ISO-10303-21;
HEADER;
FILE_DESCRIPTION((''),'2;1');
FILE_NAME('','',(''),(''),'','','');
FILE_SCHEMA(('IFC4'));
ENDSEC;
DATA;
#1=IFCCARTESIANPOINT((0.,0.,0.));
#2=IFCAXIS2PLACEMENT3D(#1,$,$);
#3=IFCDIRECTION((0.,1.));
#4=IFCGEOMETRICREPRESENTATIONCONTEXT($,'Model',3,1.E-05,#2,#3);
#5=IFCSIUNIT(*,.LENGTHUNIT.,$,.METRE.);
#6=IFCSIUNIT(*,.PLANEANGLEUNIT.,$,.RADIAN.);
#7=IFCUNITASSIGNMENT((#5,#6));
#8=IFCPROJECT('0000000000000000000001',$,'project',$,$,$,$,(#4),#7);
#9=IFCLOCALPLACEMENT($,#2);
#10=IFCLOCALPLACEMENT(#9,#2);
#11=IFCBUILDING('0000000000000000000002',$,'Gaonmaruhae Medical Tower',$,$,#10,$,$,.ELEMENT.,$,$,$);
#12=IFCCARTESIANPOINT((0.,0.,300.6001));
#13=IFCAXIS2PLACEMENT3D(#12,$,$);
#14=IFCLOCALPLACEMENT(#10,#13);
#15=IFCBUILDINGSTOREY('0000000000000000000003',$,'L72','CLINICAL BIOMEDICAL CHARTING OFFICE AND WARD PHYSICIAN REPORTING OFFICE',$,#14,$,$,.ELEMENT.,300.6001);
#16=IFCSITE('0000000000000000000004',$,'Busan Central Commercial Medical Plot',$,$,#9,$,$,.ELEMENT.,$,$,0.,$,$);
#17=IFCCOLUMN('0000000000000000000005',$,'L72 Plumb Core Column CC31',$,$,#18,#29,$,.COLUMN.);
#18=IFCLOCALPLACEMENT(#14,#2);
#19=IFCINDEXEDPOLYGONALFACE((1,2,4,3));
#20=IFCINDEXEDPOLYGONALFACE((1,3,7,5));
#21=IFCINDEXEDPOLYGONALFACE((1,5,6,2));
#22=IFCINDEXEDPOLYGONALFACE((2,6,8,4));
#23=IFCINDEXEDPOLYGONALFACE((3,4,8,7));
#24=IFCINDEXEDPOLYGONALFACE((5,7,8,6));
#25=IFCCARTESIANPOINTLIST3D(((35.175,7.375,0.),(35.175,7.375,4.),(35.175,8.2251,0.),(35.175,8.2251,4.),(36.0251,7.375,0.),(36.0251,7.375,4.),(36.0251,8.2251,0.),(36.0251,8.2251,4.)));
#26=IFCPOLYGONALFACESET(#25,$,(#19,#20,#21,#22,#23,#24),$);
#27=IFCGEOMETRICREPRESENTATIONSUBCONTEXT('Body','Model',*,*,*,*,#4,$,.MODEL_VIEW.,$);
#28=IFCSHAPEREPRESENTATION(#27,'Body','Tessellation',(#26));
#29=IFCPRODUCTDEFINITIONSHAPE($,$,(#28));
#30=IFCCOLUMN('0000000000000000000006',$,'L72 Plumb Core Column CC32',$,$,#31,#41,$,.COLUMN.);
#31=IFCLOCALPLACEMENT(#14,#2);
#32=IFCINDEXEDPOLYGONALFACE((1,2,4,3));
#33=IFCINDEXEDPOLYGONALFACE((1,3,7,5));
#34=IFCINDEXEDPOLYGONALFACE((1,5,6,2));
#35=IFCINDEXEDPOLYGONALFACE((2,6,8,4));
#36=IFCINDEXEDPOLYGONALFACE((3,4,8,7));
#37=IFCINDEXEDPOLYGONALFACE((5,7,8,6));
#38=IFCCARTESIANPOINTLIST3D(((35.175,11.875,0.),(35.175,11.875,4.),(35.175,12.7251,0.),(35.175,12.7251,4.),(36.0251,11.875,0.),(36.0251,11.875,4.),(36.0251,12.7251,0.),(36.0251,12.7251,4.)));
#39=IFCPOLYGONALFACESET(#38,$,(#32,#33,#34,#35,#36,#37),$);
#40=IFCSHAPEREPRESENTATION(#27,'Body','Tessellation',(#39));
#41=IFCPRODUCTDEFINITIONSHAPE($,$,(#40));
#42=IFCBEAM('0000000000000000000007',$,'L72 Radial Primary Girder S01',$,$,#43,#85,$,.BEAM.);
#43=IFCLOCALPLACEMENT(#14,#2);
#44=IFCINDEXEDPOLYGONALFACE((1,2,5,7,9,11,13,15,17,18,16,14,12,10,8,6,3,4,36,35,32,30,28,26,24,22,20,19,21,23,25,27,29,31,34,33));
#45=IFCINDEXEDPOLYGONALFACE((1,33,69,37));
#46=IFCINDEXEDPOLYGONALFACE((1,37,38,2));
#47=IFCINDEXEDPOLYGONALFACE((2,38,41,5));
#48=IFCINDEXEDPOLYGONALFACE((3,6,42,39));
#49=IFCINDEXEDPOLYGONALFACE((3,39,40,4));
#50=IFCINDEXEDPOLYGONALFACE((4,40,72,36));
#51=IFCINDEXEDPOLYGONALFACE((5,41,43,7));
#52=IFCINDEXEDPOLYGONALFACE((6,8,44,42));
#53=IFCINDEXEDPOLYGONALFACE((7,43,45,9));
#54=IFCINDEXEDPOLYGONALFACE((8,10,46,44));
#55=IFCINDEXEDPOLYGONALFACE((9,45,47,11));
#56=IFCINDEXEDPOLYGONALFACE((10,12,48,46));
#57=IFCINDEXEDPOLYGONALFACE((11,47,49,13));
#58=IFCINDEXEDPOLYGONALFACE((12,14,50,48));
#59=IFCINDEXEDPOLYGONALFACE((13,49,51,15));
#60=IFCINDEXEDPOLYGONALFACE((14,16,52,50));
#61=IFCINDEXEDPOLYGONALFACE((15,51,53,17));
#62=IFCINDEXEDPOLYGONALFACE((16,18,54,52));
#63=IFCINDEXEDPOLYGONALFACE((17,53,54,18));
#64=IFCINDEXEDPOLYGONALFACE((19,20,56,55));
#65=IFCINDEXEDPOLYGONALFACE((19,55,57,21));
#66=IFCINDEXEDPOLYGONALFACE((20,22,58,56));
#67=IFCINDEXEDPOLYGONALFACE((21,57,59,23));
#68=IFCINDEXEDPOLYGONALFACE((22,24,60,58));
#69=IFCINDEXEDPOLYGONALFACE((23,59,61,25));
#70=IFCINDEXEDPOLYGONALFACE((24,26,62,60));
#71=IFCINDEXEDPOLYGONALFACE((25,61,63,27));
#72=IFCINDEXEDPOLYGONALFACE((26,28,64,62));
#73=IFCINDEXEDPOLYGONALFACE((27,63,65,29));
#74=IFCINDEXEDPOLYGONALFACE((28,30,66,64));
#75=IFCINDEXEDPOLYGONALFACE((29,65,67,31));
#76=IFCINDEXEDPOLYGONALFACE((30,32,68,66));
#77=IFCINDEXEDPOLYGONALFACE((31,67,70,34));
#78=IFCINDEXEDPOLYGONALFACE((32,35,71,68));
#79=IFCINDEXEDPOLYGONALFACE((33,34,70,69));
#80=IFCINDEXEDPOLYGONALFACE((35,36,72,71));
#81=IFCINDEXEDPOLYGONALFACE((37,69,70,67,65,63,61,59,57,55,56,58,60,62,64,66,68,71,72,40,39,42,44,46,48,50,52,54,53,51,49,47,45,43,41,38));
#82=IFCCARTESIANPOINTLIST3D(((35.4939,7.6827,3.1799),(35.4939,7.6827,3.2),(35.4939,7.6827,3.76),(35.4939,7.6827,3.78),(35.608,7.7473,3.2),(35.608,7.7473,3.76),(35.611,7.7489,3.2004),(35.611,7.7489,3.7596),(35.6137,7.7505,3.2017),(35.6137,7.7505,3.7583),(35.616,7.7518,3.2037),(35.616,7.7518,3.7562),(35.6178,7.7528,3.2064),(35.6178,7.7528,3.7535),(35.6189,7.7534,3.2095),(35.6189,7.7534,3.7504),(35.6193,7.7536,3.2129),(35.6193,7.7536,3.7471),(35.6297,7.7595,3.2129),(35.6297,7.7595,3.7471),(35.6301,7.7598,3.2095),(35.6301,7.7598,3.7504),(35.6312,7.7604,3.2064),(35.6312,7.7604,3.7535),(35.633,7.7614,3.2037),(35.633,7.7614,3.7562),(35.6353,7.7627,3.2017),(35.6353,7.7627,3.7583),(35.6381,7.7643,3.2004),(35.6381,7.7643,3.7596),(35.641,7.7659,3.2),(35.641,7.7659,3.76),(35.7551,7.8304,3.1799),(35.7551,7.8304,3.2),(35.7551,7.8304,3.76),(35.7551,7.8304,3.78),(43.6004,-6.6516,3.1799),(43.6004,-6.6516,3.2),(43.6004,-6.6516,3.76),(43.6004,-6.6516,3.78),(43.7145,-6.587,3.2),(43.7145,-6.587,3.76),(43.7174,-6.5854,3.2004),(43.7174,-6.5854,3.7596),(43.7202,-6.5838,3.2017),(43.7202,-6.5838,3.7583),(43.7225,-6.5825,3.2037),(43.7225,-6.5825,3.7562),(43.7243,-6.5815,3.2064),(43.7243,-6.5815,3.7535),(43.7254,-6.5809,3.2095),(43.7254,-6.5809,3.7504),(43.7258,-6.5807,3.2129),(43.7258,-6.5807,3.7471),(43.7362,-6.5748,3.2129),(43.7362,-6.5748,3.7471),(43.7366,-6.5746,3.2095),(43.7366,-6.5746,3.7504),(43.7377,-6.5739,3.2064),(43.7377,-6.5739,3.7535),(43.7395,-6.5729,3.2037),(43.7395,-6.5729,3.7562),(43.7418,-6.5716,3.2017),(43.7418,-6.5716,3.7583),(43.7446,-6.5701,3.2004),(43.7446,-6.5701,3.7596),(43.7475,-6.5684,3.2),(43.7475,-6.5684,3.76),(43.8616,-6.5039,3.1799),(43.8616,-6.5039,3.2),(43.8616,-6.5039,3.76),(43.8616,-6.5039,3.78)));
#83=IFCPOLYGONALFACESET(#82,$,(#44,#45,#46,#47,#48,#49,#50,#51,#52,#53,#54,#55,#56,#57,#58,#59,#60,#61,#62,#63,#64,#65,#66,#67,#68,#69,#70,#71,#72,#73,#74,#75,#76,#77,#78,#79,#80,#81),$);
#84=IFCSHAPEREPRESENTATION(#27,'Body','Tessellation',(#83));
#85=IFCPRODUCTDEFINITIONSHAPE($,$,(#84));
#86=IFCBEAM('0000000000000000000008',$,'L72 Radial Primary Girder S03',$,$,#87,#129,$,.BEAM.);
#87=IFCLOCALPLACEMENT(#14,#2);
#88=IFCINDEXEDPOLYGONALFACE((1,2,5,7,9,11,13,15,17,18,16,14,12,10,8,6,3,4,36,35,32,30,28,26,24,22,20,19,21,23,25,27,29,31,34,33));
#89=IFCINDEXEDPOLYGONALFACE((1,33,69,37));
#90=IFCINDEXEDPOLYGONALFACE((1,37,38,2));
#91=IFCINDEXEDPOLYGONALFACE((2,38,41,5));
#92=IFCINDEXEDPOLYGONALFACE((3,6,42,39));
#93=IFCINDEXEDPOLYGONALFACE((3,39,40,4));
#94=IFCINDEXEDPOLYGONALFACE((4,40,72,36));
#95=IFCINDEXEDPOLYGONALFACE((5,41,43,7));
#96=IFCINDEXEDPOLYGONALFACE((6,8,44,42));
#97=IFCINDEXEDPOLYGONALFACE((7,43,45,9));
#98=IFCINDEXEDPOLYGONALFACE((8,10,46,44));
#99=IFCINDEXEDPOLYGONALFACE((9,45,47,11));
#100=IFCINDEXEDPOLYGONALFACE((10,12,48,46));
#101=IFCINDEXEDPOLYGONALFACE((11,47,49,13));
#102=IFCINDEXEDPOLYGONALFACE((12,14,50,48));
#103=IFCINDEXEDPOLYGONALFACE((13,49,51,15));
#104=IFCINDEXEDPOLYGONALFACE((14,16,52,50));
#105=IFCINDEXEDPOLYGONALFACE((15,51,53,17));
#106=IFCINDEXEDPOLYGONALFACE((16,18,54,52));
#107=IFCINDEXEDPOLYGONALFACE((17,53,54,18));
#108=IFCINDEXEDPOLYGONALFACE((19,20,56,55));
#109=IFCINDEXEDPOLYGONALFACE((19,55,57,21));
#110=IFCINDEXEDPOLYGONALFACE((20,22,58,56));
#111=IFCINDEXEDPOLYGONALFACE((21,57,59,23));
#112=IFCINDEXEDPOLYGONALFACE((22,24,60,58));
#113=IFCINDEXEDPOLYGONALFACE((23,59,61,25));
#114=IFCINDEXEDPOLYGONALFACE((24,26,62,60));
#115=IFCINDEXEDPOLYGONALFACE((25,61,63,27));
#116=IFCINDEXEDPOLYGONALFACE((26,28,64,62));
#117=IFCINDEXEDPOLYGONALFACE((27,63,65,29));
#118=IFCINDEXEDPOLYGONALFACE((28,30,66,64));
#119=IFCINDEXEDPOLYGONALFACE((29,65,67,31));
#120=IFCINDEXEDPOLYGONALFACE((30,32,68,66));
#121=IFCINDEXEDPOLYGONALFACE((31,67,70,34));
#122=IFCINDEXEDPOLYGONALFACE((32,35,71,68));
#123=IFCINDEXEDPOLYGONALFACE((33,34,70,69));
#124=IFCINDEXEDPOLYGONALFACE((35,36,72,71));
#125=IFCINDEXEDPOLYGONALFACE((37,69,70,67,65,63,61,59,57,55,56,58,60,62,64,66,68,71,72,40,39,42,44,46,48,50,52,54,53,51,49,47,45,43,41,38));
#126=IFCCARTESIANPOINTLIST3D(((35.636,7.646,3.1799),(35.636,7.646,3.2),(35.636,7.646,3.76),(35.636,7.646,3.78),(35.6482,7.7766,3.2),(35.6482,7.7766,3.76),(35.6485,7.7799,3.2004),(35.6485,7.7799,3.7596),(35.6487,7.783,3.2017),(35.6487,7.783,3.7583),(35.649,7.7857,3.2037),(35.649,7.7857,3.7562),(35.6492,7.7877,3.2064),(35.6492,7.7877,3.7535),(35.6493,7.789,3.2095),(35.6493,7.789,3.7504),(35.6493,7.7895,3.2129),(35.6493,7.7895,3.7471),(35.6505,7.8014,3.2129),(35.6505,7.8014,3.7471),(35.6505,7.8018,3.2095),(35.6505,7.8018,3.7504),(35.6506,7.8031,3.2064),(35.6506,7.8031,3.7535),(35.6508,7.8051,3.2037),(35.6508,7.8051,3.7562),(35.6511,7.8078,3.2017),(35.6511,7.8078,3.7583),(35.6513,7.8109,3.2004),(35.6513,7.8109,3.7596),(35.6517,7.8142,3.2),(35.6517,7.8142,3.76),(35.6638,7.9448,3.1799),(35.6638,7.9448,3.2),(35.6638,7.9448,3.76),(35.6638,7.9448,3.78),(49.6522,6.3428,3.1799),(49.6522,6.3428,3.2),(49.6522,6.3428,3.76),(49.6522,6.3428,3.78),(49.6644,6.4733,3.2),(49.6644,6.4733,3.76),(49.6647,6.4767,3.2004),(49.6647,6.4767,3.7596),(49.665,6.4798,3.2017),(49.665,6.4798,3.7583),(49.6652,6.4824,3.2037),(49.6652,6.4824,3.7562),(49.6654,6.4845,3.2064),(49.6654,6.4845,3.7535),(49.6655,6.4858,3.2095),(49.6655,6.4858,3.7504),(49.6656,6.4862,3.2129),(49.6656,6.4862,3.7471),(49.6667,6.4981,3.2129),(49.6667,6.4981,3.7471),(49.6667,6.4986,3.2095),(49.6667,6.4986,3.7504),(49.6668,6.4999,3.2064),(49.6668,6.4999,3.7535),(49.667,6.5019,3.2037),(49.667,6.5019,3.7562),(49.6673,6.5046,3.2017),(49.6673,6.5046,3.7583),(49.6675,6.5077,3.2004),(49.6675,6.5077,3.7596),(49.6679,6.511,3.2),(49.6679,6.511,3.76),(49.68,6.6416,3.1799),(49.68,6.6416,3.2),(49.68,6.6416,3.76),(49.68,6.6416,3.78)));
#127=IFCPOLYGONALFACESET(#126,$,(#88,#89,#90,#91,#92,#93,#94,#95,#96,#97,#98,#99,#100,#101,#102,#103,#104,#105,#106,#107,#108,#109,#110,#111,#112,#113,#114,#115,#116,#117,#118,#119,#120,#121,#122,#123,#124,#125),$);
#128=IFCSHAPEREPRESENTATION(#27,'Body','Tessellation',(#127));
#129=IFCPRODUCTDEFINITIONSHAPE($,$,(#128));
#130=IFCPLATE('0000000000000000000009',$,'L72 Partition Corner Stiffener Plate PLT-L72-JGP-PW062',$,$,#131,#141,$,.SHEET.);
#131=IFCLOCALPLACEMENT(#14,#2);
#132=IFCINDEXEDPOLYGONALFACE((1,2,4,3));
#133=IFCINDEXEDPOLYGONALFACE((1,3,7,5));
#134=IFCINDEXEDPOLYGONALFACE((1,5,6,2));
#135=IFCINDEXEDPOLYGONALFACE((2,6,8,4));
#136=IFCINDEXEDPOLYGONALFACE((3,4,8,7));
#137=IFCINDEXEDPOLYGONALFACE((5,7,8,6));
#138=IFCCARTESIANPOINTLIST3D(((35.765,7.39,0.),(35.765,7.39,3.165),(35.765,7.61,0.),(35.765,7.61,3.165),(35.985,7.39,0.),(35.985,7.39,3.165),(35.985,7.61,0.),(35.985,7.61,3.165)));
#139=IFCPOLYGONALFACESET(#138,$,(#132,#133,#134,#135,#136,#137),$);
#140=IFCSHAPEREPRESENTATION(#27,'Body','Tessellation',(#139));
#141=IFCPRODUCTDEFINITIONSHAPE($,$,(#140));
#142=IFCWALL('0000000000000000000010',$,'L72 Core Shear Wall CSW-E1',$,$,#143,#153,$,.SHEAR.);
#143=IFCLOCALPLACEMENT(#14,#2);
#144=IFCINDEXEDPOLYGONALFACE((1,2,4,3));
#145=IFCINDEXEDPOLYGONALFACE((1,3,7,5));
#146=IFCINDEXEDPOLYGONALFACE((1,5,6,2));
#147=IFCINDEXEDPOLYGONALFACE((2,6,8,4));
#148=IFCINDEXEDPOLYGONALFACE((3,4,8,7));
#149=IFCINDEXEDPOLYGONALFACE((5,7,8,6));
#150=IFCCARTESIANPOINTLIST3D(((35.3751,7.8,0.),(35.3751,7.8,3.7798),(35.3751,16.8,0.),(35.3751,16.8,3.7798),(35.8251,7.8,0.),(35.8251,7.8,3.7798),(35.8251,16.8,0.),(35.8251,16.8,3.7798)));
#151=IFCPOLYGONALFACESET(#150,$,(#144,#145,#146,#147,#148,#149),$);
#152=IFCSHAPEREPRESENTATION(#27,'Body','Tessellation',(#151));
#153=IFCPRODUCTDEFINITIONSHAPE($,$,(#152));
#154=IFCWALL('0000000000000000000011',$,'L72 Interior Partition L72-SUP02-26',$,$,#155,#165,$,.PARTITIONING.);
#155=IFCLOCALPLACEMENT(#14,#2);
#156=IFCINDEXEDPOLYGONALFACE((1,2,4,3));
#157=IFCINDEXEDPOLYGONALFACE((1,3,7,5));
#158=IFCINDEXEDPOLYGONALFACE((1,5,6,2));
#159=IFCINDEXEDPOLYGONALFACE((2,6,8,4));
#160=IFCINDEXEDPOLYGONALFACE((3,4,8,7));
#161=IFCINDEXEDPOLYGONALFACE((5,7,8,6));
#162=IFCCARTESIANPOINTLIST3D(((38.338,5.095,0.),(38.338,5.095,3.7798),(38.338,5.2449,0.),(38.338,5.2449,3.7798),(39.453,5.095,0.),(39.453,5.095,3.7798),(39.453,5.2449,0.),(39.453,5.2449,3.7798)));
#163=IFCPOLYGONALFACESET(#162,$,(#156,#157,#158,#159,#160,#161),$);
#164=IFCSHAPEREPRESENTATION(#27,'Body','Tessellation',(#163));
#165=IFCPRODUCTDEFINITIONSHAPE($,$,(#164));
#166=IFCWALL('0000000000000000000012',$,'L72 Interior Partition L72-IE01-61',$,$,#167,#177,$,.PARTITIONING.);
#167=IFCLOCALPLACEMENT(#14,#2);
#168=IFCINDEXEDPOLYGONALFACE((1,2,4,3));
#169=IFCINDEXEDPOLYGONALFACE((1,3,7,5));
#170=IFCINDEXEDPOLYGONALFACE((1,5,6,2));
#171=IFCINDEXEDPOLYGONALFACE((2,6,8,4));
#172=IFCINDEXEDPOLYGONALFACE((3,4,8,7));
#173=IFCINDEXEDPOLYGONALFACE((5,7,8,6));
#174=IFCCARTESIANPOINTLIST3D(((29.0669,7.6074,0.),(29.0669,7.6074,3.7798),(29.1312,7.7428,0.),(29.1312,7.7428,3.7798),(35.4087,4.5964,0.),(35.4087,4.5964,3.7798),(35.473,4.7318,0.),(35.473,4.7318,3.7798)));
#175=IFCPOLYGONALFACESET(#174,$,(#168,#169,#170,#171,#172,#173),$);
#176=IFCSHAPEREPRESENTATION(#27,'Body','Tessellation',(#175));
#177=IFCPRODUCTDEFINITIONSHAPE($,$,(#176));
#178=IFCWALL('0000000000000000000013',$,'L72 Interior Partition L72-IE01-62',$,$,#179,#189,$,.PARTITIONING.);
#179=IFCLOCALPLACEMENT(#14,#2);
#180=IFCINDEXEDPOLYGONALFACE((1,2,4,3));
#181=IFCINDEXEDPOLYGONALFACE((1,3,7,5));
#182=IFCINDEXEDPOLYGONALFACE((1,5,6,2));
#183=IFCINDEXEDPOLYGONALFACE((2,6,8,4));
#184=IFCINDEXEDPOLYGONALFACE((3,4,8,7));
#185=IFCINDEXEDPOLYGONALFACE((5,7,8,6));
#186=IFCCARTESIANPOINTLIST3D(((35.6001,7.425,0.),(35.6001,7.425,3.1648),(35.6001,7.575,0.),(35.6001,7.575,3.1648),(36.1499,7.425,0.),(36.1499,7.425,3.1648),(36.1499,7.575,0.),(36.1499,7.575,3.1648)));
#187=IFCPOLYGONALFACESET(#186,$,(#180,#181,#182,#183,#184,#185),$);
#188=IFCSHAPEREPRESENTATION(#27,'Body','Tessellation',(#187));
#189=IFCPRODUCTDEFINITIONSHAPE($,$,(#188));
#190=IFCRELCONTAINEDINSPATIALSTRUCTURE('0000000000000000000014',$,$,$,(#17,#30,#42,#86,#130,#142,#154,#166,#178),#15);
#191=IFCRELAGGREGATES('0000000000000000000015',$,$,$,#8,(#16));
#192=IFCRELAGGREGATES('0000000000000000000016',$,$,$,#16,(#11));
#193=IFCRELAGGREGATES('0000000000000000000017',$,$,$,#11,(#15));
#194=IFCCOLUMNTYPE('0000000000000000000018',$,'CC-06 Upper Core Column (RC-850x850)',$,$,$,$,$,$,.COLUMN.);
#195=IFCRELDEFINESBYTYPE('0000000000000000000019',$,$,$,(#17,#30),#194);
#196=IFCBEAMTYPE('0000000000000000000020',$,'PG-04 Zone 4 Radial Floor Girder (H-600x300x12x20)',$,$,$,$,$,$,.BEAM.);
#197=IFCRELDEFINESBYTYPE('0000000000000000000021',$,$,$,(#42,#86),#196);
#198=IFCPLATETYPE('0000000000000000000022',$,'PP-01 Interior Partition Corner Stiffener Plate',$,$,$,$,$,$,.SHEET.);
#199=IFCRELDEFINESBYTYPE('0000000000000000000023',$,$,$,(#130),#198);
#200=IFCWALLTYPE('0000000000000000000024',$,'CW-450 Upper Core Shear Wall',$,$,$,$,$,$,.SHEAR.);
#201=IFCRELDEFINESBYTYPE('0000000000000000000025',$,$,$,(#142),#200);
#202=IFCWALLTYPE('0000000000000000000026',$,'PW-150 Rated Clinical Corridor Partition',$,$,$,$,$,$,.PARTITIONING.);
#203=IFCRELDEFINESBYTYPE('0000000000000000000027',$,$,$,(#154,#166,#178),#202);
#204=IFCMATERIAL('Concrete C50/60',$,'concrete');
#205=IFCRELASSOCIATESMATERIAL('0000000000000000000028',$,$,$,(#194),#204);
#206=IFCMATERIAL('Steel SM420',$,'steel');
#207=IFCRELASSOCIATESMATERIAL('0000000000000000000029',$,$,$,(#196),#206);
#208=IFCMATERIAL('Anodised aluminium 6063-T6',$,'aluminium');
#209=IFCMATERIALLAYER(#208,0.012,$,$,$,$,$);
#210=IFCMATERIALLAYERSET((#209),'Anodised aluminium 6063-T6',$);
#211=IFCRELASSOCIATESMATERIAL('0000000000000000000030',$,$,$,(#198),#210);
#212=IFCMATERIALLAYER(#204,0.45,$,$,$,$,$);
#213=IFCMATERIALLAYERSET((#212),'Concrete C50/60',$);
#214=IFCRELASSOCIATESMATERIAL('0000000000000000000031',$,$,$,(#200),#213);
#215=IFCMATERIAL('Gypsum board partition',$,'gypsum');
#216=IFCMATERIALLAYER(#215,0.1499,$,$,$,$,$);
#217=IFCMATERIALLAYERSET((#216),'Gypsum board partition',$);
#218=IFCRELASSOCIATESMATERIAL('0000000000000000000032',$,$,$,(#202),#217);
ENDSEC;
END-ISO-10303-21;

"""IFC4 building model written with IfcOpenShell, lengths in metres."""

from ifc_helpers import new_model, si_unit, direction, frame, frame_2d, origin, origin_2d, place, context, subcontext, project, spatial, rectangle, i_section, extrude, material, layer, layer_set, material_profile, profile_set, type_object, element, save


model = new_model("IFC4")

# Units and contexts
model_context = context("Model", 3, precision=1e-05, world=origin(), true_north=direction((0.0, 1.0)))
body_context = subcontext(model_context, "Body", "Model", "MODEL_VIEW")
ifc_project = project(units=[si_unit("LENGTHUNIT", "METRE"), si_unit("PLANEANGLEUNIT", "RADIAN")], contexts=[model_context])

# Site, building, storey
site_placement = place(None, origin())
site = spatial("IfcSite", under=ifc_project, at=site_placement, Name="Busan Central Commercial Medical Plot", CompositionType="ELEMENT", RefElevation=0.0)
building_placement = place(site_placement, origin())
building = spatial("IfcBuilding", under=site, at=building_placement, Name="Gaonmaruhae Medical Tower", CompositionType="ELEMENT")
storey_placement = place(building_placement, frame((0.0, 0.0, 300.6001)))
storey = spatial("IfcBuildingStorey", under=building, at=storey_placement, Name="L72", Description="CLINICAL BIOMEDICAL CHARTING OFFICE AND WARD PHYSICIAN REPORTING OFFICE", CompositionType="ELEMENT", Elevation=300.6001)

# Columns
ifc_material_1 = material(Name="Concrete C50/60", Category="concrete")
ifc_material_profile_1 = material_profile(ifc_material_1, rectangle(XDim=0.8501, YDim=0.8501, at=origin_2d()), Name="RC-850x850")
ifc_profile_set_1 = profile_set([ifc_material_profile_1], Name="Concrete C50/60")
column_type = type_object("IfcColumnType", Name="CC-06 Upper Core Column (RC-850x850)", PredefinedType="COLUMN", material=ifc_profile_set_1)
for number, where, z_axis, x_axis, name in (
    (1, (35.6001, 7.8, 0.0), (0.0, 0.0, 1.0), (1.0, 0.0, 0.0), "L72 Plumb Core Column CC31"),
    (2, (35.6001, 12.3, 0.0), (0.0, 0.0, 1.0), (1.0, 0.0, 0.0), "L72 Plumb Core Column CC32"),
):
    element("IfcColumn", number, at=place(storey_placement, frame(where, z_axis=z_axis, x_axis=x_axis)), inside=storey, type_object=column_type, Name=name, PredefinedType="COLUMN", context=body_context, shape_type="SweptSolid", body=[
        extrude(rectangle(XDim=0.8501, YDim=0.8501, at=origin_2d()), origin(), (0.0, 0.0, 1.0), 4.0),
    ])

# Beams
ifc_material_2 = material(Name="Steel SM420", Category="steel")
ifc_material_profile_2 = material_profile(ifc_material_2, i_section(OverallWidth=0.3, OverallDepth=0.6001, WebThickness=0.012, FlangeThickness=0.02, FilletRadius=0.0129, at=origin_2d()), Name="H-600x300x12x20")
ifc_profile_set_2 = profile_set([ifc_material_profile_2], Name="Steel SM420")
beam_type = type_object("IfcBeamType", Name="PG-04 Zone 4 Radial Floor Girder (H-600x300x12x20)", PredefinedType="BEAM", material=ifc_profile_set_2)
beam_1_placement = place(storey_placement, frame((35.6245, 7.7566, 3.48), z_axis=(0.492264, -0.870446, 0.0), x_axis=(0.870446, 0.492264, 0.0)))
element("IfcBeam", 3, at=beam_1_placement, inside=storey, type_object=beam_type, Name="L72 Radial Primary Girder S01", PredefinedType="BEAM", context=body_context, shape_type="SweptSolid", body=[
    extrude(i_section(OverallWidth=0.3, OverallDepth=0.6001, WebThickness=0.012, FlangeThickness=0.02, FilletRadius=0.0129, at=origin_2d()), origin(), (0.0, 0.0, 1.0), 16.4678),
])
beam_2_placement = place(storey_placement, frame((35.6499, 7.7954, 3.48), z_axis=(0.995705, -0.092581, 0.0), x_axis=(0.092581, 0.995705, 0.0)))
element("IfcBeam", 4, at=beam_2_placement, inside=storey, type_object=beam_type, Name="L72 Radial Primary Girder S03", PredefinedType="BEAM", context=body_context, shape_type="SweptSolid", body=[
    extrude(i_section(OverallWidth=0.3, OverallDepth=0.6001, WebThickness=0.012, FlangeThickness=0.02, FilletRadius=0.0129, at=origin_2d()), origin(), (0.0, 0.0, 1.0), 14.0767),
])

# Plate
ifc_material_3 = material(Name="Anodised aluminium 6063-T6", Category="aluminium")
ifc_layer_1 = layer(ifc_material_3, 0.012)
ifc_layer_set_1 = layer_set([ifc_layer_1], Name="Anodised aluminium 6063-T6")
plate_type = type_object("IfcPlateType", Name="PP-01 Interior Partition Corner Stiffener Plate", PredefinedType="SHEET", material=ifc_layer_set_1)
plate_placement = place(storey_placement, frame((35.875, 7.5, 0.0), z_axis=(0.0, 0.0, 1.0), x_axis=(1.0, 0.0, 0.0)))
element("IfcPlate", 5, at=plate_placement, inside=storey, type_object=plate_type, Name="L72 Partition Corner Stiffener Plate PLT-L72-JGP-PW062", PredefinedType="SHEET", context=body_context, shape_type="SweptSolid", body=[
    extrude(rectangle(XDim=0.22, YDim=0.22, at=origin_2d()), origin(), (0.0, 0.0, 1.0), 3.165),
])

# Walls
ifc_layer_2 = layer(ifc_material_1, 0.45)
ifc_layer_set_2 = layer_set([ifc_layer_2], Name="Concrete C50/60")
wall_type_1 = type_object("IfcWallType", Name="CW-450 Upper Core Shear Wall", PredefinedType="SHEAR", material=ifc_layer_set_2)
wall_1_placement = place(storey_placement, frame((35.6001, 7.8, 0.0), z_axis=(0.0, 0.0, 1.0), x_axis=(0.0, 1.0, 0.0)))
element("IfcWall", 6, at=wall_1_placement, inside=storey, type_object=wall_type_1, Name="L72 Core Shear Wall CSW-E1", PredefinedType="SHEAR", context=body_context, shape_type="SweptSolid", body=[
    extrude(rectangle(XDim=9.0, YDim=0.45, at=frame_2d((4.5, 0.0))), origin(), (0.0, 0.0, 1.0), 3.7798),
])
ifc_material_4 = material(Name="Gypsum board partition", Category="gypsum")
ifc_layer_3 = layer(ifc_material_4, 0.1499)
ifc_layer_set_3 = layer_set([ifc_layer_3], Name="Gypsum board partition")
wall_type_2 = type_object("IfcWallType", Name="PW-150 Rated Clinical Corridor Partition", PredefinedType="PARTITIONING", material=ifc_layer_set_3)
wall_2_placement = place(storey_placement, frame((38.3379, 5.1699, 0.0), z_axis=(0.0, 0.0, 1.0), x_axis=(1.0, 0.0, 0.0)))
element("IfcWall", 7, at=wall_2_placement, inside=storey, type_object=wall_type_2, Name="L72 Interior Partition L72-SUP02-26", PredefinedType="PARTITIONING", context=body_context, shape_type="SweptSolid", body=[
    extrude(rectangle(XDim=1.115, YDim=0.1499, at=frame_2d((0.5576, 0.0))), origin(), (0.0, 0.0, 1.0), 3.7798),
])
wall_3_placement = place(storey_placement, frame((35.4409, 4.6641, 0.0), z_axis=(0.0, 0.0, 1.0), x_axis=(-0.903353, 0.428898, 0.0)))
element("IfcWall", 8, at=wall_3_placement, inside=storey, type_object=wall_type_2, Name="L72 Interior Partition L72-IE01-61", PredefinedType="PARTITIONING", context=body_context, shape_type="SweptSolid", body=[
    extrude(rectangle(XDim=7.0203, YDim=0.1499, at=frame_2d((3.5103, 0.0))), origin(), (0.0, 0.0, 1.0), 3.7798),
])
wall_4_placement = place(storey_placement, frame((35.6001, 7.5, 0.0), z_axis=(0.0, 0.0, 1.0), x_axis=(1.0, 0.0, 0.0)))
element("IfcWall", 9, at=wall_4_placement, inside=storey, type_object=wall_type_2, Name="L72 Interior Partition L72-IE01-62", PredefinedType="PARTITIONING", context=body_context, shape_type="SweptSolid", body=[
    extrude(rectangle(XDim=0.5498, YDim=0.1499, at=frame_2d((0.2749, 0.0))), origin(), (0.0, 0.0, 1.0), 3.1648),
])

save(model, "model.ifc")
